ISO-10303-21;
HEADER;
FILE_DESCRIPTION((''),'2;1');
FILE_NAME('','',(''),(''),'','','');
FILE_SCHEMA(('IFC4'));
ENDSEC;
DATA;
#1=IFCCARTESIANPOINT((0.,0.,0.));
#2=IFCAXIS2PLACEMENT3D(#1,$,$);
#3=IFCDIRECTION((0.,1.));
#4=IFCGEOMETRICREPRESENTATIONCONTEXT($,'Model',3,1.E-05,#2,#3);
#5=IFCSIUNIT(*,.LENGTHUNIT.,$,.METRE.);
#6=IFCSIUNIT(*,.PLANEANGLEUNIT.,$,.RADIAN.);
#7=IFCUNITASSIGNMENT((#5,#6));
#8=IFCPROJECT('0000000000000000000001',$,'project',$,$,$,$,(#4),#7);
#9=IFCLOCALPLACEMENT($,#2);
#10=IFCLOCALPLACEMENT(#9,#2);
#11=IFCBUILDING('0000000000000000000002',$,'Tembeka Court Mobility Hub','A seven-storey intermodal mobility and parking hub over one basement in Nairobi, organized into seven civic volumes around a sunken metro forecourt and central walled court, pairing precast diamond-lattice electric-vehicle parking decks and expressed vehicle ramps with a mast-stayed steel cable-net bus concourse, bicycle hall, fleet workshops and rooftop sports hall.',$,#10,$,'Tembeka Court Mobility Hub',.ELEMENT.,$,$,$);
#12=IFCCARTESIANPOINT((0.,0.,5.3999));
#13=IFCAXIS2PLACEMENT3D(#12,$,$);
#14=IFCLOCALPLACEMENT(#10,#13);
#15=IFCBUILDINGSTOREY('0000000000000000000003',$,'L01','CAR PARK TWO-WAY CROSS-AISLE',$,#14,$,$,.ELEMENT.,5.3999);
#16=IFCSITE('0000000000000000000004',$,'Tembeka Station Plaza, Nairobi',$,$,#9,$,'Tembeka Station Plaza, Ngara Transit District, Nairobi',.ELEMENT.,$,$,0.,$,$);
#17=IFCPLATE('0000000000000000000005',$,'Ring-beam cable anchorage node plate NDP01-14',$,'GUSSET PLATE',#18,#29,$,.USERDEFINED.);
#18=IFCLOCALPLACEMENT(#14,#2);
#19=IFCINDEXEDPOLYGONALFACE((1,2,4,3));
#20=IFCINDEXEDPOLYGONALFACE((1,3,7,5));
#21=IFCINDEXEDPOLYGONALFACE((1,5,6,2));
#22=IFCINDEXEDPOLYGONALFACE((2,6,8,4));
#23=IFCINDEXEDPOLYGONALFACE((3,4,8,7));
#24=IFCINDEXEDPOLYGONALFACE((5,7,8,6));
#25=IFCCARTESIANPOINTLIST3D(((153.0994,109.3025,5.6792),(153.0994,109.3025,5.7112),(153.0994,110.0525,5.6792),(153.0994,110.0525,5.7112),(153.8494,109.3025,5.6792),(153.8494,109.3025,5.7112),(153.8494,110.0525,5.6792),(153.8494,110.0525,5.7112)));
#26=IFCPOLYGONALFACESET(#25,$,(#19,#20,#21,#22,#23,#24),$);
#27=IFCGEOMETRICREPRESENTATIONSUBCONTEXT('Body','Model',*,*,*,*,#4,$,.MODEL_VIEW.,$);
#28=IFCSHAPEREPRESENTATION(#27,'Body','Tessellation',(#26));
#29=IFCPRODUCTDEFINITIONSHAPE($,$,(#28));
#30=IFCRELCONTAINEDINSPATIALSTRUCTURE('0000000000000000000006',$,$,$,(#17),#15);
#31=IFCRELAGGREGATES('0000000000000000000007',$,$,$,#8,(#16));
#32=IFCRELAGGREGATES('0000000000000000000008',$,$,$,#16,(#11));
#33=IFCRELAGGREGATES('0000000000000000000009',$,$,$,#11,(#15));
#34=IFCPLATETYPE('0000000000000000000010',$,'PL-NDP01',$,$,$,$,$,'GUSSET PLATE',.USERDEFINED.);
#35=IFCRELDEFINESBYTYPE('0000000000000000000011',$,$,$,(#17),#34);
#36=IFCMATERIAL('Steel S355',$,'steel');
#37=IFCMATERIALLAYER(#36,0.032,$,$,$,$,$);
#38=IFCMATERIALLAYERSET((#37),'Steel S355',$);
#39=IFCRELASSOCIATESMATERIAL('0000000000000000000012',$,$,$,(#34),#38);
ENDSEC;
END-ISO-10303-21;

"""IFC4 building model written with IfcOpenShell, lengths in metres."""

from ifc_helpers import new_model, si_unit, direction, frame, origin, origin_2d, place, context, subcontext, project, spatial, rectangle, extrude, material, layer, layer_set, type_object, element, save


model = new_model("IFC4")

# Units and contexts
model_context = context("Model", 3, precision=1e-05, world=origin(), true_north=direction((0.0, 1.0)))
body_context = subcontext(model_context, "Body", "Model", "MODEL_VIEW")
ifc_project = project(units=[si_unit("LENGTHUNIT", "METRE"), si_unit("PLANEANGLEUNIT", "RADIAN")], contexts=[model_context])

# Site, building, storey
site_placement = place(None, origin())
site = spatial("IfcSite", under=ifc_project, at=site_placement, Name="Tembeka Station Plaza, Nairobi", LongName="Tembeka Station Plaza, Ngara Transit District, Nairobi", CompositionType="ELEMENT", RefElevation=0.0)
building_placement = place(site_placement, origin())
building = spatial("IfcBuilding", under=site, at=building_placement, Name="Tembeka Court Mobility Hub", Description="A seven-storey intermodal mobility and parking hub over one basement in Nairobi, organized into seven civic volumes around a sunken metro forecourt and central walled court, pairing precast diamond-lattice electric-vehicle parking decks and expressed vehicle ramps with a mast-stayed steel cable-net bus concourse, bicycle hall, fleet workshops and rooftop sports hall.", LongName="Tembeka Court Mobility Hub", CompositionType="ELEMENT")
storey_placement = place(building_placement, frame((0.0, 0.0, 5.3999)))
storey = spatial("IfcBuildingStorey", under=building, at=storey_placement, Name="L01", Description="CAR PARK TWO-WAY CROSS-AISLE", CompositionType="ELEMENT", Elevation=5.3999)

# Shared definitions
ifc_material_1 = material(Name="Steel S355", Category="steel")

# Plate
ifc_layer_1 = layer(ifc_material_1, 0.032)
ifc_layer_set_1 = layer_set([ifc_layer_1], Name="Steel S355")
plate_type_1 = type_object("IfcPlateType", Name="PL-NDP01", ElementType="GUSSET PLATE", PredefinedType="USERDEFINED", material=ifc_layer_set_1)
plate_1_placement = place(storey_placement, frame((153.4744, 109.6775, 5.6792), z_axis=(0.0, 0.0, 1.0), x_axis=(1.0, 0.0, 0.0)))
element("IfcPlate", 1, at=plate_1_placement, inside=storey, type_object=plate_type_1, Name="Ring-beam cable anchorage node plate NDP01-14", ObjectType="GUSSET PLATE", PredefinedType="USERDEFINED", context=body_context, shape_type="SweptSolid", body=[
    extrude(rectangle(XDim=0.75, YDim=0.75, at=origin_2d()), origin(), (0.0, 0.0, 1.0), 0.032),
])

save(model, "model.ifc")
